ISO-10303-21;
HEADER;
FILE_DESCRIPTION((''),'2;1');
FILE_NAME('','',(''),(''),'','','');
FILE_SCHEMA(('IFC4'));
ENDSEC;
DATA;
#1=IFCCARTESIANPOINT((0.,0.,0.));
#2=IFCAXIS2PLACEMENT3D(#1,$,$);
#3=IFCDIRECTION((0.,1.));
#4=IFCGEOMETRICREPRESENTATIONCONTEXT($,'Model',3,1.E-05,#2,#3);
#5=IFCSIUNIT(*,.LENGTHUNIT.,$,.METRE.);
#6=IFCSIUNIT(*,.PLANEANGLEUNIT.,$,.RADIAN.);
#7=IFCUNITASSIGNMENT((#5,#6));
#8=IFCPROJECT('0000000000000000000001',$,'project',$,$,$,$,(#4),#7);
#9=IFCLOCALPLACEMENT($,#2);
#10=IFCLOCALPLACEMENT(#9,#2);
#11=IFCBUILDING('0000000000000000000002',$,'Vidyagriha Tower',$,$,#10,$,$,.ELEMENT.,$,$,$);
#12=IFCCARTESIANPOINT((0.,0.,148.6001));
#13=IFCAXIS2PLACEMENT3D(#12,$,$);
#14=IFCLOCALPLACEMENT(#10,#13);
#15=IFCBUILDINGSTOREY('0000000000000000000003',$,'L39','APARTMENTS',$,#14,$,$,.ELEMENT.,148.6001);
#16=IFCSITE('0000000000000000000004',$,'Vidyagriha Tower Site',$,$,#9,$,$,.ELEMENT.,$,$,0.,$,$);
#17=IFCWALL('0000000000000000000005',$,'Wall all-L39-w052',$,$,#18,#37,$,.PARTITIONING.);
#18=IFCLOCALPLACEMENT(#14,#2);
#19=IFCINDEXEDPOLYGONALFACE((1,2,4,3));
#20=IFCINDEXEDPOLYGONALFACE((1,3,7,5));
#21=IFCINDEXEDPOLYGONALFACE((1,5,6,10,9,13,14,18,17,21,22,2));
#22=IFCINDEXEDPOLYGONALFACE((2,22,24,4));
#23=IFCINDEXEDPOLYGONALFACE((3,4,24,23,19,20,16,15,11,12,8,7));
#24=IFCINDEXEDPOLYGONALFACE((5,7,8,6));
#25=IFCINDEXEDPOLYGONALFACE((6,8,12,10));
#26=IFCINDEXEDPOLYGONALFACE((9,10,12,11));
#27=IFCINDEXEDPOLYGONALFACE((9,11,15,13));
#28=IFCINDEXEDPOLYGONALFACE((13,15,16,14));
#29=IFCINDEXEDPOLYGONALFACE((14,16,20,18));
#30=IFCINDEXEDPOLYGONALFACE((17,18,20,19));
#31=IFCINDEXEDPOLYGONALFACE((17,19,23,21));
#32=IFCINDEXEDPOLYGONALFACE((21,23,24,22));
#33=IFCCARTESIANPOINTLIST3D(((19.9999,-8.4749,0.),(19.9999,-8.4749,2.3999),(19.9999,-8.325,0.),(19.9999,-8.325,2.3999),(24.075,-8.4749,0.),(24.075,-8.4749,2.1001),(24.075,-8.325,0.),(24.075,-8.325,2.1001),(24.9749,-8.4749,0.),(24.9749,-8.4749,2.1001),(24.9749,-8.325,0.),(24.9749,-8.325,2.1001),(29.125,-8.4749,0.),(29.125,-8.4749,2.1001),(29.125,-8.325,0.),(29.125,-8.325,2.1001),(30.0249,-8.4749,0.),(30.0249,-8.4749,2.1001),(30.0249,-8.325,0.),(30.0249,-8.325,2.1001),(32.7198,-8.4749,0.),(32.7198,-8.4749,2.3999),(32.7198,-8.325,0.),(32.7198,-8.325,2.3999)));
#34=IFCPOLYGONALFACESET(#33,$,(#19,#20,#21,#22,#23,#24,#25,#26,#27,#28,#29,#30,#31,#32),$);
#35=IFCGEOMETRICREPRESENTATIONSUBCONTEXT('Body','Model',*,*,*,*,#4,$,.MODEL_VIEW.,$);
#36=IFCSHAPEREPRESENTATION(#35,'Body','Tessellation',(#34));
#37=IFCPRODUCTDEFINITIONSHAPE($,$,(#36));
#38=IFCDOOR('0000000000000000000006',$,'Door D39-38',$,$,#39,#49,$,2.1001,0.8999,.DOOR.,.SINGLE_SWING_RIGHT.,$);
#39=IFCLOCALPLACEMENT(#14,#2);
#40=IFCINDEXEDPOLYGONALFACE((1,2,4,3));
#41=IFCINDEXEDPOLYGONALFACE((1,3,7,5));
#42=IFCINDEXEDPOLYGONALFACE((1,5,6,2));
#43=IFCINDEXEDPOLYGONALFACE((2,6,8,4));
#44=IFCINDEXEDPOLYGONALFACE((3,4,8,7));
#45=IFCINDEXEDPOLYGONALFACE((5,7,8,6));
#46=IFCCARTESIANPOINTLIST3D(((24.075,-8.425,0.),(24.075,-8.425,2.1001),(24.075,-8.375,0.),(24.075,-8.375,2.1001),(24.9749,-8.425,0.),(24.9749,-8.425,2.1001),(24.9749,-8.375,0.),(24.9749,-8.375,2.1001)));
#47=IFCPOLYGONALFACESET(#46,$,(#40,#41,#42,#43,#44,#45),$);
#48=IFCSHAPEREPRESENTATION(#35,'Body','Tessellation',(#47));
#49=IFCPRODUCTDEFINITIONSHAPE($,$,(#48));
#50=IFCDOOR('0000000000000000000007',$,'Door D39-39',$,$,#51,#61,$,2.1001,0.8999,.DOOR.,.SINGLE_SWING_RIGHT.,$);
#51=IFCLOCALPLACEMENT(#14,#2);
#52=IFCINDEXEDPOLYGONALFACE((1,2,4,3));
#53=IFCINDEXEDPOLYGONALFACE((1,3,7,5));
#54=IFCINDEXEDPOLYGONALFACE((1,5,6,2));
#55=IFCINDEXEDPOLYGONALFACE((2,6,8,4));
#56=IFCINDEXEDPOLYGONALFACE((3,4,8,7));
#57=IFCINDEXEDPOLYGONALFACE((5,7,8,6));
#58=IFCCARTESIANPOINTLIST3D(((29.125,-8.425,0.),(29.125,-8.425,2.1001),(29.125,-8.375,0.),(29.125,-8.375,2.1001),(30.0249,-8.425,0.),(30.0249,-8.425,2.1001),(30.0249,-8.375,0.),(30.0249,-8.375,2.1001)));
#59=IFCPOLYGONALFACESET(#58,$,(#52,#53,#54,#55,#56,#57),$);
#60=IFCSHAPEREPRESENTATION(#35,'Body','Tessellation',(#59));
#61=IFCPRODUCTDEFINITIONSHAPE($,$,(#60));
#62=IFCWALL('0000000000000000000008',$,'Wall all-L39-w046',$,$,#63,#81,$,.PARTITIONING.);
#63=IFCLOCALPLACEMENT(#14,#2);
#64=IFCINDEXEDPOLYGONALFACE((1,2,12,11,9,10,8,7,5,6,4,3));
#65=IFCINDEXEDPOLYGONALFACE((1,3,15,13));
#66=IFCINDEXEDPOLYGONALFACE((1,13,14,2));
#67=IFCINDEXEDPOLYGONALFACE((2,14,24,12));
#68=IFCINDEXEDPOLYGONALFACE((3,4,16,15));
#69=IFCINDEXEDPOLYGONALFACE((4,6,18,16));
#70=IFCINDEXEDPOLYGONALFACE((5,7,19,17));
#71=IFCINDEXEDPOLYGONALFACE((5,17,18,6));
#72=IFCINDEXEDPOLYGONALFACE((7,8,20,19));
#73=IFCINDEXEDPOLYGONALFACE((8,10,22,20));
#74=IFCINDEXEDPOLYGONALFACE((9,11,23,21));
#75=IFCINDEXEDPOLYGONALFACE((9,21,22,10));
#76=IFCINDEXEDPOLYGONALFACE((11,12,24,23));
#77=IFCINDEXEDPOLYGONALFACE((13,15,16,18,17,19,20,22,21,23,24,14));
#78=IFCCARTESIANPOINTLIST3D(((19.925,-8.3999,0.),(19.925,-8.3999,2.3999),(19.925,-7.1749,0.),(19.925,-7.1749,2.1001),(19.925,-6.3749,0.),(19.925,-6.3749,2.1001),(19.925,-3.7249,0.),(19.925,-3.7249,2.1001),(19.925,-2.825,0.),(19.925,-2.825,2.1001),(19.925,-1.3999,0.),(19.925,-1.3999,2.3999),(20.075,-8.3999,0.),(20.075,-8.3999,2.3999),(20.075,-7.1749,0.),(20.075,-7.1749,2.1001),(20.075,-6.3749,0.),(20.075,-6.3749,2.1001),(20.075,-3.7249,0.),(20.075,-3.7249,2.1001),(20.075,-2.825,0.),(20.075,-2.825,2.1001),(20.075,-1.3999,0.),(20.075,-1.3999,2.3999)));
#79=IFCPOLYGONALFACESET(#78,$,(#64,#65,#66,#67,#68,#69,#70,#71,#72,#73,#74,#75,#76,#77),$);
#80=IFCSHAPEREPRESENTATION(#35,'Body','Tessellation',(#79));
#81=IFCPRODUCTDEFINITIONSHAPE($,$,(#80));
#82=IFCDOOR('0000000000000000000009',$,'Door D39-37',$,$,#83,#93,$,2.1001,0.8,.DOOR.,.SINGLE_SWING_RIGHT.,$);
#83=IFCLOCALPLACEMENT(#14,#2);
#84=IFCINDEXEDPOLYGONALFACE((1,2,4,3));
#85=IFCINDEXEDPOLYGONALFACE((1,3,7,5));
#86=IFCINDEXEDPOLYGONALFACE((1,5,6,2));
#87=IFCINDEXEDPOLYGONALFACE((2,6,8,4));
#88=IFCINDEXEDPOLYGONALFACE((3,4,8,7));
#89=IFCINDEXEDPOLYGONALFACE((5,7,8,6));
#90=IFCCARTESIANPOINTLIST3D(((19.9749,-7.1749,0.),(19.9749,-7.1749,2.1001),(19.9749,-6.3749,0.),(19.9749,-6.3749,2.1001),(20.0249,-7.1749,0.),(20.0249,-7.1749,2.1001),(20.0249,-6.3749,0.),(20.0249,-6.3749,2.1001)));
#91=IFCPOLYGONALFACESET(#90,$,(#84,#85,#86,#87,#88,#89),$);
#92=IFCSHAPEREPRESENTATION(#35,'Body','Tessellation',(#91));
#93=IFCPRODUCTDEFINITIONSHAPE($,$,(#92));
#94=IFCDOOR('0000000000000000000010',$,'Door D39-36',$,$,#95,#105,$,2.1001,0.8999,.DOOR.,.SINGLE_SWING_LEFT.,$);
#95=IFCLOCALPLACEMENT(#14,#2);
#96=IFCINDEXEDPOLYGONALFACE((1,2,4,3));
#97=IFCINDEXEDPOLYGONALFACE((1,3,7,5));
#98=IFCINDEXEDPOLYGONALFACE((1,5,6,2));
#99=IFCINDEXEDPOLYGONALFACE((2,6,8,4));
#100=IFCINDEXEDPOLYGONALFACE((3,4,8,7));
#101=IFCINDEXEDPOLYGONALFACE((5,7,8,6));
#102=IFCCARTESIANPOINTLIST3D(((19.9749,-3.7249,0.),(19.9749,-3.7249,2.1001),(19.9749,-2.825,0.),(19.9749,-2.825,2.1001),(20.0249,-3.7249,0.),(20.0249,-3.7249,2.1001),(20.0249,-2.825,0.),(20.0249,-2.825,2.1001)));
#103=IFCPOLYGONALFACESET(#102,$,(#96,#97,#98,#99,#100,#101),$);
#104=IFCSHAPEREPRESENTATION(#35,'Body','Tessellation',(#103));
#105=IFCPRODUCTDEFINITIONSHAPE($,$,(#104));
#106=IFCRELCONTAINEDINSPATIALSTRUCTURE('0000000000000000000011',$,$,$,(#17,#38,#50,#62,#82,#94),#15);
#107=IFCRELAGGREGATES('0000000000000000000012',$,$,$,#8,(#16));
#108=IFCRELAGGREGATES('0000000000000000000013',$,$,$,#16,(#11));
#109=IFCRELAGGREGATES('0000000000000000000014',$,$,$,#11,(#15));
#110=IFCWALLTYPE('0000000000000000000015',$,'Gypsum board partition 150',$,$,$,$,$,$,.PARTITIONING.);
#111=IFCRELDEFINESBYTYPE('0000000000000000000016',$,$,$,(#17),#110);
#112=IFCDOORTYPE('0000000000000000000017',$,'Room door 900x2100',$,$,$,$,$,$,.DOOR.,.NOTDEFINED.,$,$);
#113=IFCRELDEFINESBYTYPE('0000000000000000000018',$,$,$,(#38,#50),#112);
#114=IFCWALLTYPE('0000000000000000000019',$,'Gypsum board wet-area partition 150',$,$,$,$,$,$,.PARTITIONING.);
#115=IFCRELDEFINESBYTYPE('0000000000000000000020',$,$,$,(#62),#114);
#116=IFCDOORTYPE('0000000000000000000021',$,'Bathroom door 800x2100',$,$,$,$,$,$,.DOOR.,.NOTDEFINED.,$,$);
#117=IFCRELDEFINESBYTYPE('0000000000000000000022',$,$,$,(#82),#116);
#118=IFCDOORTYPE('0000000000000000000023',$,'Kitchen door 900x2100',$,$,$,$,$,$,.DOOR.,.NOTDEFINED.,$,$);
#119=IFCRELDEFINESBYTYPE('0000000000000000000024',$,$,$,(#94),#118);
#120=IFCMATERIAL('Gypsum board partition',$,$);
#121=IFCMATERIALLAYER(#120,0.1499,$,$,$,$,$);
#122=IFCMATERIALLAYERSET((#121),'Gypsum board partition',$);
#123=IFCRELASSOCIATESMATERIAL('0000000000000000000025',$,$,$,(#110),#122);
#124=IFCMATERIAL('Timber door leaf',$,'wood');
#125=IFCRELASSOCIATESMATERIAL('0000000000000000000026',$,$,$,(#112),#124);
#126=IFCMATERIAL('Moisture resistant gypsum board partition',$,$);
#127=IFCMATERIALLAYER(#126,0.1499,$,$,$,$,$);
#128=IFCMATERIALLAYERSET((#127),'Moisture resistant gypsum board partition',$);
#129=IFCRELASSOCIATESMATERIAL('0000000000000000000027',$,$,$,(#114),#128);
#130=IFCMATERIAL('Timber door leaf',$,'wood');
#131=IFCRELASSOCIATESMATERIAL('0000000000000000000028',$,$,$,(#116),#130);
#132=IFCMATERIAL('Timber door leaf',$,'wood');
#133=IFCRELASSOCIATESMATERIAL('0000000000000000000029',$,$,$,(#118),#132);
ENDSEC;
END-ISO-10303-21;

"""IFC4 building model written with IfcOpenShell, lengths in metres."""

from ifc_helpers import new_model, si_unit, direction, frame, frame_2d, origin, place, context, subcontext, project, spatial, rectangle, extrude, material, layer, layer_set, type_object, element, fill, save


model = new_model("IFC4")

# Units and contexts
model_context = context("Model", 3, precision=1e-05, world=origin(), true_north=direction((0.0, 1.0)))
body_context = subcontext(model_context, "Body", "Model", "MODEL_VIEW")
ifc_project = project(units=[si_unit("LENGTHUNIT", "METRE"), si_unit("PLANEANGLEUNIT", "RADIAN")], contexts=[model_context])

# Site, building, storey
site_placement = place(None, origin())
site = spatial("IfcSite", under=ifc_project, at=site_placement, Name="Vidyagriha Tower Site", CompositionType="ELEMENT", RefElevation=0.0)
building_placement = place(site_placement, origin())
building = spatial("IfcBuilding", under=site, at=building_placement, Name="Vidyagriha Tower", CompositionType="ELEMENT")
storey_placement = place(building_placement, frame((0.0, 0.0, 148.6001)))
storey = spatial("IfcBuildingStorey", under=building, at=storey_placement, Name="L39", Description="APARTMENTS", CompositionType="ELEMENT", Elevation=148.6001)

# Shared definitions
ifc_material_1 = material(Name="Gypsum board partition")
ifc_layer_1 = layer(ifc_material_1, 0.1499)
ifc_layer_set_1 = layer_set([ifc_layer_1], Name="Gypsum board partition")
wall_type_1 = type_object("IfcWallType", Name="Gypsum board partition 150", PredefinedType="PARTITIONING", material=ifc_layer_set_1)

# Shared definitions
ifc_material_2 = material(Name="Timber door leaf", Category="wood")
door_type_1 = type_object("IfcDoorType", Name="Room door 900x2100", OperationType="NOTDEFINED", PredefinedType="DOOR", material=ifc_material_2)

# Walls, openings, doors
wall_1_placement = place(storey_placement, frame((20.0, -8.3999, 0.0)))
wall_1 = element("IfcWall", 1, at=wall_1_placement, inside=storey, type_object=wall_type_1, Name="Wall all-L39-w052", PredefinedType="PARTITIONING", context=body_context, shape_type="SweptSolid", body=[
    extrude(rectangle(XDim=12.72, YDim=0.1499, at=frame_2d((6.3599, 0.0))), origin(), (0.0, 0.0, 1.0), 2.3999),
])
opening_1_placement = place(wall_1_placement, frame((4.075, 0.0, 0.0)))
opening_1 = element("IfcOpeningElement", 2, at=opening_1_placement, cuts=wall_1, PredefinedType="OPENING", context=body_context, shape_type="SweptSolid", body=[
    extrude(rectangle(XDim=0.8999, YDim=2.1001, at=frame_2d((0.45, 1.05))), frame((0.0, 0.085, 0.0), z_axis=(0.0, -1.0, 0.0), x_axis=(1.0, 0.0, 0.0)), (0.0, 0.0, 1.0), 0.1699),
])
opening_2_placement = place(wall_1_placement, frame((9.125, 0.0, 0.0)))
opening_2 = element("IfcOpeningElement", 3, at=opening_2_placement, cuts=wall_1, PredefinedType="OPENING", context=body_context, shape_type="SweptSolid", body=[
    extrude(rectangle(XDim=0.8999, YDim=2.1001, at=frame_2d((0.45, 1.05))), frame((0.0, 0.085, 0.0), z_axis=(0.0, -1.0, 0.0), x_axis=(1.0, 0.0, 0.0)), (0.0, 0.0, 1.0), 0.1699),
])
door_1_placement = place(opening_1_placement, origin())
door_1 = element("IfcDoor", 4, at=door_1_placement, inside=storey, type_object=door_type_1, Name="Door D39-38", OperationType="SINGLE_SWING_RIGHT", OverallHeight=2.1001, OverallWidth=0.8999, PredefinedType="DOOR", context=body_context, shape_type="SweptSolid", body=[
    extrude(rectangle(XDim=0.8999, YDim=2.1001, at=frame_2d((0.45, 1.05))), frame((0.0, 0.0249, 0.0), z_axis=(0.0, -1.0, 0.0), x_axis=(1.0, 0.0, 0.0)), (0.0, 0.0, 1.0), 0.05),
])
fill(opening_1, door_1)
door_2_placement = place(opening_2_placement, origin())
door_2 = element("IfcDoor", 5, at=door_2_placement, inside=storey, type_object=door_type_1, Name="Door D39-39", OperationType="SINGLE_SWING_RIGHT", OverallHeight=2.1001, OverallWidth=0.8999, PredefinedType="DOOR", context=body_context, shape_type="SweptSolid", body=[
    extrude(rectangle(XDim=0.8999, YDim=2.1001, at=frame_2d((0.45, 1.05))), frame((0.0, 0.0249, 0.0), z_axis=(0.0, -1.0, 0.0), x_axis=(1.0, 0.0, 0.0)), (0.0, 0.0, 1.0), 0.05),
])
fill(opening_2, door_2)
ifc_material_3 = material(Name="Moisture resistant gypsum board partition")
ifc_layer_2 = layer(ifc_material_3, 0.1499)
ifc_layer_set_2 = layer_set([ifc_layer_2], Name="Moisture resistant gypsum board partition")
wall_type_2 = type_object("IfcWallType", Name="Gypsum board wet-area partition 150", PredefinedType="PARTITIONING", material=ifc_layer_set_2)
wall_2_placement = place(storey_placement, frame((20.0, -1.3999, 0.0), z_axis=(0.0, 0.0, 1.0), x_axis=(0.0, -1.0, 0.0)))
wall_2 = element("IfcWall", 6, at=wall_2_placement, inside=storey, type_object=wall_type_2, Name="Wall all-L39-w046", PredefinedType="PARTITIONING", context=body_context, shape_type="SweptSolid", body=[
    extrude(rectangle(XDim=7.0, YDim=0.1499, at=frame_2d((3.5, 0.0))), origin(), (0.0, 0.0, 1.0), 2.3999),
])
opening_3_placement = place(wall_2_placement, frame((1.425, 0.0, 0.0)))
opening_3 = element("IfcOpeningElement", 7, at=opening_3_placement, cuts=wall_2, PredefinedType="OPENING", context=body_context, shape_type="SweptSolid", body=[
    extrude(rectangle(XDim=0.8999, YDim=2.1001, at=frame_2d((0.45, 1.05))), frame((0.0, 0.085, 0.0), z_axis=(0.0, -1.0, 0.0), x_axis=(1.0, 0.0, 0.0)), (0.0, 0.0, 1.0), 0.1699),
])
opening_4_placement = place(wall_2_placement, frame((4.9751, 0.0, 0.0)))
opening_4 = element("IfcOpeningElement", 8, at=opening_4_placement, cuts=wall_2, PredefinedType="OPENING", context=body_context, shape_type="SweptSolid", body=[
    extrude(rectangle(XDim=0.8, YDim=2.1001, at=frame_2d((0.3999, 1.05))), frame((0.0, 0.085, 0.0), z_axis=(0.0, -1.0, 0.0), x_axis=(1.0, 0.0, 0.0)), (0.0, 0.0, 1.0), 0.1699),
])
ifc_material_4 = material(Name="Timber door leaf", Category="wood")
door_type_2 = type_object("IfcDoorType", Name="Bathroom door 800x2100", OperationType="NOTDEFINED", PredefinedType="DOOR", material=ifc_material_4)
door_3_placement = place(opening_4_placement, origin())
door_3 = element("IfcDoor", 9, at=door_3_placement, inside=storey, type_object=door_type_2, Name="Door D39-37", OperationType="SINGLE_SWING_RIGHT", OverallHeight=2.1001, OverallWidth=0.8, PredefinedType="DOOR", context=body_context, shape_type="SweptSolid", body=[
    extrude(rectangle(XDim=0.8, YDim=2.1001, at=frame_2d((0.3999, 1.05))), frame((0.0, 0.0249, 0.0), z_axis=(0.0, -1.0, 0.0), x_axis=(1.0, 0.0, 0.0)), (0.0, 0.0, 1.0), 0.05),
])
fill(opening_4, door_3)
ifc_material_5 = material(Name="Timber door leaf", Category="wood")
door_type_3 = type_object("IfcDoorType", Name="Kitchen door 900x2100", OperationType="NOTDEFINED", PredefinedType="DOOR", material=ifc_material_5)
door_4_placement = place(opening_3_placement, origin())
door_4 = element("IfcDoor", 10, at=door_4_placement, inside=storey, type_object=door_type_3, Name="Door D39-36", OperationType="SINGLE_SWING_LEFT", OverallHeight=2.1001, OverallWidth=0.8999, PredefinedType="DOOR", context=body_context, shape_type="SweptSolid", body=[
    extrude(rectangle(XDim=0.8999, YDim=2.1001, at=frame_2d((0.45, 1.05))), frame((0.0, 0.0249, 0.0), z_axis=(0.0, -1.0, 0.0), x_axis=(1.0, 0.0, 0.0)), (0.0, 0.0, 1.0), 0.05),
])
fill(opening_3, door_4)

save(model, "model.ifc")
